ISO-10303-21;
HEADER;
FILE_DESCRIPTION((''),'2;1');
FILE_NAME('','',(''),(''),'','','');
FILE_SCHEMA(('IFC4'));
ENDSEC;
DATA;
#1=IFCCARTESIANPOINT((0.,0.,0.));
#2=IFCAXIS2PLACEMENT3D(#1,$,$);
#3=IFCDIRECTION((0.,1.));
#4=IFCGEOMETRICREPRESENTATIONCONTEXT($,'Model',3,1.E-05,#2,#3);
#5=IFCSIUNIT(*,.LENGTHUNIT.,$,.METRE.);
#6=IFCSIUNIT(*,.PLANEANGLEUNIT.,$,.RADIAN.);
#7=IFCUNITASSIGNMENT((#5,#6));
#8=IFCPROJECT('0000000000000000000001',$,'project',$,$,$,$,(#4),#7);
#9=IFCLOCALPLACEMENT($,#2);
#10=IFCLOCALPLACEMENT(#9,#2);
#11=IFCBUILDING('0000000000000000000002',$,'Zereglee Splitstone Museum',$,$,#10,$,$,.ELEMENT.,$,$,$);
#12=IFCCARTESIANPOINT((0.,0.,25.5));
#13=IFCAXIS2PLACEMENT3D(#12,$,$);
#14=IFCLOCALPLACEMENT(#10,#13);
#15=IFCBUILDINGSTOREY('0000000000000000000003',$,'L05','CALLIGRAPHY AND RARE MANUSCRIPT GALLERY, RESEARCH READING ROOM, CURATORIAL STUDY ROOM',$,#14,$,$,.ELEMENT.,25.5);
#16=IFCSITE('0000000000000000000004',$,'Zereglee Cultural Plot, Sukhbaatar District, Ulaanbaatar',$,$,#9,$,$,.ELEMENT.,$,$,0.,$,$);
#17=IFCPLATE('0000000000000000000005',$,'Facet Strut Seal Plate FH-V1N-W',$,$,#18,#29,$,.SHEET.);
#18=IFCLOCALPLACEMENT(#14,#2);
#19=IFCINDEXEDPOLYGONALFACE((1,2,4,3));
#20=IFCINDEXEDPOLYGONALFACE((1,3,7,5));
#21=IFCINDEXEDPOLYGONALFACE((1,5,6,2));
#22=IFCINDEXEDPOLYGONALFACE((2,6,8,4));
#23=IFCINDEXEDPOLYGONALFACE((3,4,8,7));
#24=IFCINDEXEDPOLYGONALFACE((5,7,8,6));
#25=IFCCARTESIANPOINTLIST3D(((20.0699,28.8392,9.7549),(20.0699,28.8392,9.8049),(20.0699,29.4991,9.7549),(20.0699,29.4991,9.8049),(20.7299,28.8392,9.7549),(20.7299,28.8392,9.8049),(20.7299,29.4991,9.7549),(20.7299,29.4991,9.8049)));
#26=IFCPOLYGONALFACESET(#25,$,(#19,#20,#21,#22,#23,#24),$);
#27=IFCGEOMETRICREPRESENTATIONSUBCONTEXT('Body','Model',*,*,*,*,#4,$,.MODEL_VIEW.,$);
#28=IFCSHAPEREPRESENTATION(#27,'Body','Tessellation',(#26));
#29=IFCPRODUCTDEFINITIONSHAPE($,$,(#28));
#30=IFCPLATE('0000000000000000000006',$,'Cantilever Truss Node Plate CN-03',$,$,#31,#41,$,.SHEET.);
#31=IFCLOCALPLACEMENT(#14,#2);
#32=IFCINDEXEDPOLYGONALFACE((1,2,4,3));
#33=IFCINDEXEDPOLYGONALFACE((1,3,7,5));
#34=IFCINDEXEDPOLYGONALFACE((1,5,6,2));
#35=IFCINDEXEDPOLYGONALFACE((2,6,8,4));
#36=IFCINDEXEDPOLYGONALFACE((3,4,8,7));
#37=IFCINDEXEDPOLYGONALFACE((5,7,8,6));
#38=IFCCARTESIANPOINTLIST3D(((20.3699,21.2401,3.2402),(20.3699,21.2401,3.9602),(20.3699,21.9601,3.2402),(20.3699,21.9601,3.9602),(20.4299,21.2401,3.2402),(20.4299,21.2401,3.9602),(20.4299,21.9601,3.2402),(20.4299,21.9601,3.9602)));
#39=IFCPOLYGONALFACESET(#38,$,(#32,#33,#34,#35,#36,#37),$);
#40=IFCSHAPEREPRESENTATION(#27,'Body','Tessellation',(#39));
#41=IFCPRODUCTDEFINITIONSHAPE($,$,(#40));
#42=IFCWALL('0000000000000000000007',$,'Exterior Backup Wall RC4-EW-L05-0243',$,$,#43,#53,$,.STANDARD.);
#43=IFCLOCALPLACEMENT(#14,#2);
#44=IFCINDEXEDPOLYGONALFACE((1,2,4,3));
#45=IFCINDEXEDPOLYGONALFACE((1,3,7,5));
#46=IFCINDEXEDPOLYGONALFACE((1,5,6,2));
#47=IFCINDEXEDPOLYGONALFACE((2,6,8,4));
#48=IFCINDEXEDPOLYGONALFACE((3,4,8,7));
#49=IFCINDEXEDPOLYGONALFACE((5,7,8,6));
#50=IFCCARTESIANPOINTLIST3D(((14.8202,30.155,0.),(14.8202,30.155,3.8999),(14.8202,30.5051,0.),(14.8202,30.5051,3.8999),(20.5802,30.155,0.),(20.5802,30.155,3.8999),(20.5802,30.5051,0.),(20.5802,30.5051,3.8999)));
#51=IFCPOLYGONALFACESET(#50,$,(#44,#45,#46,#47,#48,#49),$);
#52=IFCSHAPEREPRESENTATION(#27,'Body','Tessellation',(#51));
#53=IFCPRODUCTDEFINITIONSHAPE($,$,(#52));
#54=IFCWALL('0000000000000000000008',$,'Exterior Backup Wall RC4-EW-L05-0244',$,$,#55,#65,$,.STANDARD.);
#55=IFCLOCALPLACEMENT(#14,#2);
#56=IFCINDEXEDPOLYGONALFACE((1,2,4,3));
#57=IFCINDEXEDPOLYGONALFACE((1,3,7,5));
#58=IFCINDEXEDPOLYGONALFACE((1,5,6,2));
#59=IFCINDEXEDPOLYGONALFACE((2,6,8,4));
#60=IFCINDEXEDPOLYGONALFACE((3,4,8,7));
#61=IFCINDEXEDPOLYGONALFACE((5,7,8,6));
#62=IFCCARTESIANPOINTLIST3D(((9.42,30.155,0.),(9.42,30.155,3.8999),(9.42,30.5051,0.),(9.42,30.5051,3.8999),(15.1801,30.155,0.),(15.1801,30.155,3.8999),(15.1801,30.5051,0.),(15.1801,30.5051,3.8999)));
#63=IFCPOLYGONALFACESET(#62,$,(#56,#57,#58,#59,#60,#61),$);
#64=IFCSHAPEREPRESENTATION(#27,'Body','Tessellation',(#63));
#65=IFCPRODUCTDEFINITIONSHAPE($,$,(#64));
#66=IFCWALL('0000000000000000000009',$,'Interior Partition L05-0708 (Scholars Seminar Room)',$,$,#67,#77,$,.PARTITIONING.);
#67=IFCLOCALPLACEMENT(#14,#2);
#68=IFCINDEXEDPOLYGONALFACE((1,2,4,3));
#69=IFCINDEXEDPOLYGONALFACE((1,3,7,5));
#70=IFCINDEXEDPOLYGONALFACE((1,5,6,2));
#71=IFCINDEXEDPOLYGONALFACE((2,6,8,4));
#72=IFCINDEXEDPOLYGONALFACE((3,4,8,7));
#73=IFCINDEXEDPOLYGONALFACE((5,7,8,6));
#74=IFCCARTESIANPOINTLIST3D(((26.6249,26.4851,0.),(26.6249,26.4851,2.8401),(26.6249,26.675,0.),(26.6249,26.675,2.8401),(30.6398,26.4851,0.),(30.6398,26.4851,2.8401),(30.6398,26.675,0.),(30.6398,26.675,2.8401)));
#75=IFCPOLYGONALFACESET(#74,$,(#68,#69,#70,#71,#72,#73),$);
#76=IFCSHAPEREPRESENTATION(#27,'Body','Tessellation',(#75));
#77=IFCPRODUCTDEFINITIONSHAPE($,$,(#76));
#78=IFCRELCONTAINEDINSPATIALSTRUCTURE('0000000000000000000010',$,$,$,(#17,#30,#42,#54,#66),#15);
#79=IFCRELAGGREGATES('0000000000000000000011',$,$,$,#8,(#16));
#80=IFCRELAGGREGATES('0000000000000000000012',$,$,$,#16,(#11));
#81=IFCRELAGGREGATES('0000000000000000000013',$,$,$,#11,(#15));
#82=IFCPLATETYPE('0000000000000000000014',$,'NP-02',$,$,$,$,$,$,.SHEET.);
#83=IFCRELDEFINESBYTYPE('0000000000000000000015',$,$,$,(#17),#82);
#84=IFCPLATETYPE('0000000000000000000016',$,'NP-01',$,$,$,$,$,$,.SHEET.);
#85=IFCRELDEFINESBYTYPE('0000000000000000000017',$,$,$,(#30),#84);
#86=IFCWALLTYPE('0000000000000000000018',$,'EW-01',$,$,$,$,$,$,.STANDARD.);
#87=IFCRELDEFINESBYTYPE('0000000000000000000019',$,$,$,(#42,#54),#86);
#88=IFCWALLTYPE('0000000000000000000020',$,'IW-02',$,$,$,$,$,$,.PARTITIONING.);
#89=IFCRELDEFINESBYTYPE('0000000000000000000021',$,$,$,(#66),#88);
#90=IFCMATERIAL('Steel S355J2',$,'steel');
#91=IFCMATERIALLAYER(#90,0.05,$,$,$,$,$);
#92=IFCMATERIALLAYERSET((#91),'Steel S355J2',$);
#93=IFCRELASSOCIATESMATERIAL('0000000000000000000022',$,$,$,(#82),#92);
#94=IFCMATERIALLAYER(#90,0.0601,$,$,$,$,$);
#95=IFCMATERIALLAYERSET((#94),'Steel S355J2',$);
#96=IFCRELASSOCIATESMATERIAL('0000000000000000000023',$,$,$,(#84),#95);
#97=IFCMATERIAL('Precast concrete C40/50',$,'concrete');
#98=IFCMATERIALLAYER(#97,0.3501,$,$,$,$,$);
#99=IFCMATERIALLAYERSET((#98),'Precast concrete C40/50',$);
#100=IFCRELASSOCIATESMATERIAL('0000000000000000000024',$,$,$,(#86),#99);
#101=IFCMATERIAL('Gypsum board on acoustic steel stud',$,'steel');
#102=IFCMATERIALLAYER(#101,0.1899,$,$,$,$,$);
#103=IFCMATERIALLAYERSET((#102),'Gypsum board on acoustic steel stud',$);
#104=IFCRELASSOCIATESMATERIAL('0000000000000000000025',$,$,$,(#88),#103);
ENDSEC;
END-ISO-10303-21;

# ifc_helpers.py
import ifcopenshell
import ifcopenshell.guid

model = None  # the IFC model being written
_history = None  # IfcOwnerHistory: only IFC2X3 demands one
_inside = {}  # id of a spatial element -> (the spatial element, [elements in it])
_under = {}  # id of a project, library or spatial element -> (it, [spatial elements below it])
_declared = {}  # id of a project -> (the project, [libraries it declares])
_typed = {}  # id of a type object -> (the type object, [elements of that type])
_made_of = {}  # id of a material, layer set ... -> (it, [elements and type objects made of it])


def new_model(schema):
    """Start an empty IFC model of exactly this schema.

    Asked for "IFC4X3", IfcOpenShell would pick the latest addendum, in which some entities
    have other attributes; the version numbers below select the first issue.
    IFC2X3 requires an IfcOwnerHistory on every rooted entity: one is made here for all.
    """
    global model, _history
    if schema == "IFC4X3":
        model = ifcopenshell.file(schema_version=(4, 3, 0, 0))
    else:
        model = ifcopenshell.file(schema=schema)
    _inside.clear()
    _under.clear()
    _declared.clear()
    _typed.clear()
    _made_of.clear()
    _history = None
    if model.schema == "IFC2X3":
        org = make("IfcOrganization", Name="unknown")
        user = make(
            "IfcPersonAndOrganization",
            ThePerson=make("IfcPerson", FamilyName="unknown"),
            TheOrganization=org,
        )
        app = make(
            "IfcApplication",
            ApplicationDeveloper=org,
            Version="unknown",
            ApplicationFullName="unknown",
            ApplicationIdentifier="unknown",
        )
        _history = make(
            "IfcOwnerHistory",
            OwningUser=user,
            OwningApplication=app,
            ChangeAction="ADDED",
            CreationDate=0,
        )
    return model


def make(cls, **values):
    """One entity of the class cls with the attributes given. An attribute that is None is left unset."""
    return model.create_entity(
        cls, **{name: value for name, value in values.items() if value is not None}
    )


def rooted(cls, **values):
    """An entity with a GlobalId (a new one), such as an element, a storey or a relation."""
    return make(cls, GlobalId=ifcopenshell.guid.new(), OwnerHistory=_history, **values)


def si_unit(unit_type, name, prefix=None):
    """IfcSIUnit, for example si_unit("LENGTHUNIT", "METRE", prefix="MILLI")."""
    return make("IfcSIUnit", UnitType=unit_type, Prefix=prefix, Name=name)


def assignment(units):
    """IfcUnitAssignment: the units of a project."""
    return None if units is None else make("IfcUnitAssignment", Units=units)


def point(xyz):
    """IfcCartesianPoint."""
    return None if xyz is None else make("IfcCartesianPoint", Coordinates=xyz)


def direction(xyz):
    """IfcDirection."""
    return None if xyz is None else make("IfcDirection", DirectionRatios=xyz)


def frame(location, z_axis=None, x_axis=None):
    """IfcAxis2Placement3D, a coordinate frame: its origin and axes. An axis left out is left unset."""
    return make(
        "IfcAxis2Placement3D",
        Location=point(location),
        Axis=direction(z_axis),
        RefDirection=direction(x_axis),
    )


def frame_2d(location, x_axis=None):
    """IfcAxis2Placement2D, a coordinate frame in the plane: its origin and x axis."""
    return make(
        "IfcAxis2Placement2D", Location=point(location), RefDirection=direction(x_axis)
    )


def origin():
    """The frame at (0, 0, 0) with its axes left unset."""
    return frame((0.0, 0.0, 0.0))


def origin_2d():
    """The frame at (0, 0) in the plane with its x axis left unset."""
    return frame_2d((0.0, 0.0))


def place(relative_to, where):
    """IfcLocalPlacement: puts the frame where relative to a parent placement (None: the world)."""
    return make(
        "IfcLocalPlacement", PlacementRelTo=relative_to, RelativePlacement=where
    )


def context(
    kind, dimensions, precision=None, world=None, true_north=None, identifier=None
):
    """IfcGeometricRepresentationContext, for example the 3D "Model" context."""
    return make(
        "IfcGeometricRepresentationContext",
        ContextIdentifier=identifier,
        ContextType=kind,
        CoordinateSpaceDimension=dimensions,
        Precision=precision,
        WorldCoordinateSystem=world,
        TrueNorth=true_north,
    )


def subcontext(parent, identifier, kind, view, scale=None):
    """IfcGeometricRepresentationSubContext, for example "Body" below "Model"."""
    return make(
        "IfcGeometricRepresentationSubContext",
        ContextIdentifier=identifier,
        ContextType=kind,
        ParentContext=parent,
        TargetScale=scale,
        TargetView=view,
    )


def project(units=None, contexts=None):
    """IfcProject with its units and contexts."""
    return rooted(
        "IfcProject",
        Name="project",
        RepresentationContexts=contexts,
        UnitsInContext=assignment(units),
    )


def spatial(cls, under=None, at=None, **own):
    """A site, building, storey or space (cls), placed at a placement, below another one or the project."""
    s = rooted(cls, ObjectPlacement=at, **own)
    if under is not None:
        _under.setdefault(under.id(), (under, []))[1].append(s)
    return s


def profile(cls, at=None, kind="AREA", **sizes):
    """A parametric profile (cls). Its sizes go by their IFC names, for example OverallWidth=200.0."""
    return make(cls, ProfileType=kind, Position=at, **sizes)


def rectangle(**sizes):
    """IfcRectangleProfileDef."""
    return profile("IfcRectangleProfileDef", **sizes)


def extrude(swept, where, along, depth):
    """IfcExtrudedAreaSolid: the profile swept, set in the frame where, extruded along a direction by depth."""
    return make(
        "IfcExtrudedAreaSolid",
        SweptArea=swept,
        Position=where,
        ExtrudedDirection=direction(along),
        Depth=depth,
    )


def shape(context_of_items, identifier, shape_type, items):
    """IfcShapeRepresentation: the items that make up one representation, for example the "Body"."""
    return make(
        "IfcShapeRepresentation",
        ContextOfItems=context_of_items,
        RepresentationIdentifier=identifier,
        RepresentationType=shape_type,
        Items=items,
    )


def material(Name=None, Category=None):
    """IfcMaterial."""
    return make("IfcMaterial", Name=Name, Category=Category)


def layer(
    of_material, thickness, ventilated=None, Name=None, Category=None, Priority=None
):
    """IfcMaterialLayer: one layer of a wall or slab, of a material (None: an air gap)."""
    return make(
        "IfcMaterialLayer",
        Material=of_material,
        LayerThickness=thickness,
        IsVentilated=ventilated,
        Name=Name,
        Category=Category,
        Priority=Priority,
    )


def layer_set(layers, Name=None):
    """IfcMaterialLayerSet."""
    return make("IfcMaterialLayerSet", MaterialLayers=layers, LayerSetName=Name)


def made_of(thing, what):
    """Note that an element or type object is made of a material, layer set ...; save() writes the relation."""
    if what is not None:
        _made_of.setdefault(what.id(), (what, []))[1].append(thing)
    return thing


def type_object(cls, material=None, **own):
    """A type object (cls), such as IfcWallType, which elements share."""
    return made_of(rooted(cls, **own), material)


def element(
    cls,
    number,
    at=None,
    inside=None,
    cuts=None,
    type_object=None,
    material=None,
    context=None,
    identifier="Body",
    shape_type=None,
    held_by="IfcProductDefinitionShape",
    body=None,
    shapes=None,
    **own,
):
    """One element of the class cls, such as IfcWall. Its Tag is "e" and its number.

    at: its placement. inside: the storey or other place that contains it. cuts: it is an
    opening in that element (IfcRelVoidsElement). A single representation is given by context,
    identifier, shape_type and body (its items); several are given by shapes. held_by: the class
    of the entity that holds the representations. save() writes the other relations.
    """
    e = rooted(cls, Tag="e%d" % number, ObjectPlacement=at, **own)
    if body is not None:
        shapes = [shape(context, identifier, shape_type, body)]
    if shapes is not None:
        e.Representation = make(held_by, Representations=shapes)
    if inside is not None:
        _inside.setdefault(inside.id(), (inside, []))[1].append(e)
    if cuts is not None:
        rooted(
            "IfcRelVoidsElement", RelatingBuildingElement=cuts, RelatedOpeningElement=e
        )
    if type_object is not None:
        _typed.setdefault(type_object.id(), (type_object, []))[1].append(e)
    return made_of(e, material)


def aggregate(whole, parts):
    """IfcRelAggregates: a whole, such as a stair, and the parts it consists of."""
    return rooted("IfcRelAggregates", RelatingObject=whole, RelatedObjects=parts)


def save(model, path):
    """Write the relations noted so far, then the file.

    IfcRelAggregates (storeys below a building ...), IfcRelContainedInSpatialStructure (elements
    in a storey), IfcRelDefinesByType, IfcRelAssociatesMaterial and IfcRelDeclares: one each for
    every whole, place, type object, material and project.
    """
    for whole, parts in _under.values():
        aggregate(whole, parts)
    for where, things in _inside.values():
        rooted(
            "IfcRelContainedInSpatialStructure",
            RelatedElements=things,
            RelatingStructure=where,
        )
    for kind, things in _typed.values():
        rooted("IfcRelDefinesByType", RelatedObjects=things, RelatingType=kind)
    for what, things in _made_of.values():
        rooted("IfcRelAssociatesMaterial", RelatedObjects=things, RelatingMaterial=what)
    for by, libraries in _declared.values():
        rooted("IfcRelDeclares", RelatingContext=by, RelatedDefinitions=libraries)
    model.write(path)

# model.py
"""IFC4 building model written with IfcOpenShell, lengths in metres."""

from ifc_helpers import new_model, si_unit, direction, frame, frame_2d, origin, origin_2d, place, context, subcontext, project, spatial, rectangle, extrude, material, layer, layer_set, type_object, element, save


model = new_model("IFC4")

# Units and contexts
model_context = context("Model", 3, precision=1e-05, world=origin(), true_north=direction((0.0, 1.0)))
body_context = subcontext(model_context, "Body", "Model", "MODEL_VIEW")
ifc_project = project(units=[si_unit("LENGTHUNIT", "METRE"), si_unit("PLANEANGLEUNIT", "RADIAN")], contexts=[model_context])

# Site, building, storey
site_placement = place(None, origin())
site = spatial("IfcSite", under=ifc_project, at=site_placement, Name="Zereglee Cultural Plot, Sukhbaatar District, Ulaanbaatar", CompositionType="ELEMENT", RefElevation=0.0)
building_placement = place(site_placement, origin())
building = spatial("IfcBuilding", under=site, at=building_placement, Name="Zereglee Splitstone Museum", CompositionType="ELEMENT")
storey_placement = place(building_placement, frame((0.0, 0.0, 25.5)))
storey = spatial("IfcBuildingStorey", under=building, at=storey_placement, Name="L05", Description="CALLIGRAPHY AND RARE MANUSCRIPT GALLERY, RESEARCH READING ROOM, CURATORIAL STUDY ROOM", CompositionType="ELEMENT", Elevation=25.5)

# Shared definitions
ifc_material_1 = material(Name="Steel S355J2", Category="steel")

# Plates
ifc_layer_1 = layer(ifc_material_1, 0.05)
ifc_layer_set_1 = layer_set([ifc_layer_1], Name="Steel S355J2")
plate_type_1 = type_object("IfcPlateType", Name="NP-02", PredefinedType="SHEET", material=ifc_layer_set_1)
plate_1_placement = place(storey_placement, frame((20.3999, 29.1692, 9.7549), z_axis=(0.0, 0.0, 1.0), x_axis=(1.0, 0.0, 0.0)))
element("IfcPlate", 1, at=plate_1_placement, inside=storey, type_object=plate_type_1, Name="Facet Strut Seal Plate FH-V1N-W", PredefinedType="SHEET", context=body_context, shape_type="SweptSolid", body=[
    extrude(rectangle(XDim=0.6599, YDim=0.6599, at=origin_2d()), origin(), (0.0, 0.0, 1.0), 0.05),
])
ifc_layer_2 = layer(ifc_material_1, 0.0601)
ifc_layer_set_2 = layer_set([ifc_layer_2], Name="Steel S355J2")
plate_type_2 = type_object("IfcPlateType", Name="NP-01", PredefinedType="SHEET", material=ifc_layer_set_2)
plate_2_placement = place(storey_placement, frame((20.3999, 21.6001, 3.2402), z_axis=(0.0, 0.0, 1.0), x_axis=(1.0, 0.0, 0.0)))
element("IfcPlate", 2, at=plate_2_placement, inside=storey, type_object=plate_type_2, Name="Cantilever Truss Node Plate CN-03", PredefinedType="SHEET", context=body_context, shape_type="SweptSolid", body=[
    extrude(rectangle(XDim=0.0601, YDim=0.72, at=origin_2d()), origin(), (0.0, 0.0, 1.0), 0.72),
])

# Walls
ifc_material_2 = material(Name="Precast concrete C40/50", Category="concrete")
ifc_layer_3 = layer(ifc_material_2, 0.3501)
ifc_layer_set_3 = layer_set([ifc_layer_3], Name="Precast concrete C40/50")
wall_type_1 = type_object("IfcWallType", Name="EW-01", PredefinedType="STANDARD", material=ifc_layer_set_3)
for number, where, z_axis, x_axis, name in (
    (3, (20.5801, 30.3301, 0.0), (0.0, 0.0, 1.0), (-1.0, 0.0, 0.0), "Exterior Backup Wall RC4-EW-L05-0243"),
    (4, (15.1799, 30.3301, 0.0), (0.0, 0.0, 1.0), (-1.0, 0.0, 0.0), "Exterior Backup Wall RC4-EW-L05-0244"),
):
    element("IfcWall", number, at=place(storey_placement, frame(where, z_axis=z_axis, x_axis=x_axis)), inside=storey, type_object=wall_type_1, Name=name, PredefinedType="STANDARD", context=body_context, shape_type="SweptSolid", body=[
        extrude(rectangle(XDim=5.76, YDim=0.3501, at=frame_2d((2.8799, 0.0))), origin(), (0.0, 0.0, 1.0), 3.8999),
    ])
ifc_material_3 = material(Name="Gypsum board on acoustic steel stud", Category="steel")
ifc_layer_4 = layer(ifc_material_3, 0.1899)
ifc_layer_set_4 = layer_set([ifc_layer_4], Name="Gypsum board on acoustic steel stud")
wall_type_2 = type_object("IfcWallType", Name="IW-02", PredefinedType="PARTITIONING", material=ifc_layer_set_4)
wall_placement = place(storey_placement, frame((26.625, 26.5801, 0.0), z_axis=(0.0, 0.0, 1.0), x_axis=(1.0, 0.0, 0.0)))
element("IfcWall", 5, at=wall_placement, inside=storey, type_object=wall_type_2, Name="Interior Partition L05-0708 (Scholars Seminar Room)", PredefinedType="PARTITIONING", context=body_context, shape_type="SweptSolid", body=[
    extrude(rectangle(XDim=4.0149, YDim=0.1899, at=frame_2d((2.0073, 0.0))), origin(), (0.0, 0.0, 1.0), 2.8401),
])

save(model, "model.ifc")
